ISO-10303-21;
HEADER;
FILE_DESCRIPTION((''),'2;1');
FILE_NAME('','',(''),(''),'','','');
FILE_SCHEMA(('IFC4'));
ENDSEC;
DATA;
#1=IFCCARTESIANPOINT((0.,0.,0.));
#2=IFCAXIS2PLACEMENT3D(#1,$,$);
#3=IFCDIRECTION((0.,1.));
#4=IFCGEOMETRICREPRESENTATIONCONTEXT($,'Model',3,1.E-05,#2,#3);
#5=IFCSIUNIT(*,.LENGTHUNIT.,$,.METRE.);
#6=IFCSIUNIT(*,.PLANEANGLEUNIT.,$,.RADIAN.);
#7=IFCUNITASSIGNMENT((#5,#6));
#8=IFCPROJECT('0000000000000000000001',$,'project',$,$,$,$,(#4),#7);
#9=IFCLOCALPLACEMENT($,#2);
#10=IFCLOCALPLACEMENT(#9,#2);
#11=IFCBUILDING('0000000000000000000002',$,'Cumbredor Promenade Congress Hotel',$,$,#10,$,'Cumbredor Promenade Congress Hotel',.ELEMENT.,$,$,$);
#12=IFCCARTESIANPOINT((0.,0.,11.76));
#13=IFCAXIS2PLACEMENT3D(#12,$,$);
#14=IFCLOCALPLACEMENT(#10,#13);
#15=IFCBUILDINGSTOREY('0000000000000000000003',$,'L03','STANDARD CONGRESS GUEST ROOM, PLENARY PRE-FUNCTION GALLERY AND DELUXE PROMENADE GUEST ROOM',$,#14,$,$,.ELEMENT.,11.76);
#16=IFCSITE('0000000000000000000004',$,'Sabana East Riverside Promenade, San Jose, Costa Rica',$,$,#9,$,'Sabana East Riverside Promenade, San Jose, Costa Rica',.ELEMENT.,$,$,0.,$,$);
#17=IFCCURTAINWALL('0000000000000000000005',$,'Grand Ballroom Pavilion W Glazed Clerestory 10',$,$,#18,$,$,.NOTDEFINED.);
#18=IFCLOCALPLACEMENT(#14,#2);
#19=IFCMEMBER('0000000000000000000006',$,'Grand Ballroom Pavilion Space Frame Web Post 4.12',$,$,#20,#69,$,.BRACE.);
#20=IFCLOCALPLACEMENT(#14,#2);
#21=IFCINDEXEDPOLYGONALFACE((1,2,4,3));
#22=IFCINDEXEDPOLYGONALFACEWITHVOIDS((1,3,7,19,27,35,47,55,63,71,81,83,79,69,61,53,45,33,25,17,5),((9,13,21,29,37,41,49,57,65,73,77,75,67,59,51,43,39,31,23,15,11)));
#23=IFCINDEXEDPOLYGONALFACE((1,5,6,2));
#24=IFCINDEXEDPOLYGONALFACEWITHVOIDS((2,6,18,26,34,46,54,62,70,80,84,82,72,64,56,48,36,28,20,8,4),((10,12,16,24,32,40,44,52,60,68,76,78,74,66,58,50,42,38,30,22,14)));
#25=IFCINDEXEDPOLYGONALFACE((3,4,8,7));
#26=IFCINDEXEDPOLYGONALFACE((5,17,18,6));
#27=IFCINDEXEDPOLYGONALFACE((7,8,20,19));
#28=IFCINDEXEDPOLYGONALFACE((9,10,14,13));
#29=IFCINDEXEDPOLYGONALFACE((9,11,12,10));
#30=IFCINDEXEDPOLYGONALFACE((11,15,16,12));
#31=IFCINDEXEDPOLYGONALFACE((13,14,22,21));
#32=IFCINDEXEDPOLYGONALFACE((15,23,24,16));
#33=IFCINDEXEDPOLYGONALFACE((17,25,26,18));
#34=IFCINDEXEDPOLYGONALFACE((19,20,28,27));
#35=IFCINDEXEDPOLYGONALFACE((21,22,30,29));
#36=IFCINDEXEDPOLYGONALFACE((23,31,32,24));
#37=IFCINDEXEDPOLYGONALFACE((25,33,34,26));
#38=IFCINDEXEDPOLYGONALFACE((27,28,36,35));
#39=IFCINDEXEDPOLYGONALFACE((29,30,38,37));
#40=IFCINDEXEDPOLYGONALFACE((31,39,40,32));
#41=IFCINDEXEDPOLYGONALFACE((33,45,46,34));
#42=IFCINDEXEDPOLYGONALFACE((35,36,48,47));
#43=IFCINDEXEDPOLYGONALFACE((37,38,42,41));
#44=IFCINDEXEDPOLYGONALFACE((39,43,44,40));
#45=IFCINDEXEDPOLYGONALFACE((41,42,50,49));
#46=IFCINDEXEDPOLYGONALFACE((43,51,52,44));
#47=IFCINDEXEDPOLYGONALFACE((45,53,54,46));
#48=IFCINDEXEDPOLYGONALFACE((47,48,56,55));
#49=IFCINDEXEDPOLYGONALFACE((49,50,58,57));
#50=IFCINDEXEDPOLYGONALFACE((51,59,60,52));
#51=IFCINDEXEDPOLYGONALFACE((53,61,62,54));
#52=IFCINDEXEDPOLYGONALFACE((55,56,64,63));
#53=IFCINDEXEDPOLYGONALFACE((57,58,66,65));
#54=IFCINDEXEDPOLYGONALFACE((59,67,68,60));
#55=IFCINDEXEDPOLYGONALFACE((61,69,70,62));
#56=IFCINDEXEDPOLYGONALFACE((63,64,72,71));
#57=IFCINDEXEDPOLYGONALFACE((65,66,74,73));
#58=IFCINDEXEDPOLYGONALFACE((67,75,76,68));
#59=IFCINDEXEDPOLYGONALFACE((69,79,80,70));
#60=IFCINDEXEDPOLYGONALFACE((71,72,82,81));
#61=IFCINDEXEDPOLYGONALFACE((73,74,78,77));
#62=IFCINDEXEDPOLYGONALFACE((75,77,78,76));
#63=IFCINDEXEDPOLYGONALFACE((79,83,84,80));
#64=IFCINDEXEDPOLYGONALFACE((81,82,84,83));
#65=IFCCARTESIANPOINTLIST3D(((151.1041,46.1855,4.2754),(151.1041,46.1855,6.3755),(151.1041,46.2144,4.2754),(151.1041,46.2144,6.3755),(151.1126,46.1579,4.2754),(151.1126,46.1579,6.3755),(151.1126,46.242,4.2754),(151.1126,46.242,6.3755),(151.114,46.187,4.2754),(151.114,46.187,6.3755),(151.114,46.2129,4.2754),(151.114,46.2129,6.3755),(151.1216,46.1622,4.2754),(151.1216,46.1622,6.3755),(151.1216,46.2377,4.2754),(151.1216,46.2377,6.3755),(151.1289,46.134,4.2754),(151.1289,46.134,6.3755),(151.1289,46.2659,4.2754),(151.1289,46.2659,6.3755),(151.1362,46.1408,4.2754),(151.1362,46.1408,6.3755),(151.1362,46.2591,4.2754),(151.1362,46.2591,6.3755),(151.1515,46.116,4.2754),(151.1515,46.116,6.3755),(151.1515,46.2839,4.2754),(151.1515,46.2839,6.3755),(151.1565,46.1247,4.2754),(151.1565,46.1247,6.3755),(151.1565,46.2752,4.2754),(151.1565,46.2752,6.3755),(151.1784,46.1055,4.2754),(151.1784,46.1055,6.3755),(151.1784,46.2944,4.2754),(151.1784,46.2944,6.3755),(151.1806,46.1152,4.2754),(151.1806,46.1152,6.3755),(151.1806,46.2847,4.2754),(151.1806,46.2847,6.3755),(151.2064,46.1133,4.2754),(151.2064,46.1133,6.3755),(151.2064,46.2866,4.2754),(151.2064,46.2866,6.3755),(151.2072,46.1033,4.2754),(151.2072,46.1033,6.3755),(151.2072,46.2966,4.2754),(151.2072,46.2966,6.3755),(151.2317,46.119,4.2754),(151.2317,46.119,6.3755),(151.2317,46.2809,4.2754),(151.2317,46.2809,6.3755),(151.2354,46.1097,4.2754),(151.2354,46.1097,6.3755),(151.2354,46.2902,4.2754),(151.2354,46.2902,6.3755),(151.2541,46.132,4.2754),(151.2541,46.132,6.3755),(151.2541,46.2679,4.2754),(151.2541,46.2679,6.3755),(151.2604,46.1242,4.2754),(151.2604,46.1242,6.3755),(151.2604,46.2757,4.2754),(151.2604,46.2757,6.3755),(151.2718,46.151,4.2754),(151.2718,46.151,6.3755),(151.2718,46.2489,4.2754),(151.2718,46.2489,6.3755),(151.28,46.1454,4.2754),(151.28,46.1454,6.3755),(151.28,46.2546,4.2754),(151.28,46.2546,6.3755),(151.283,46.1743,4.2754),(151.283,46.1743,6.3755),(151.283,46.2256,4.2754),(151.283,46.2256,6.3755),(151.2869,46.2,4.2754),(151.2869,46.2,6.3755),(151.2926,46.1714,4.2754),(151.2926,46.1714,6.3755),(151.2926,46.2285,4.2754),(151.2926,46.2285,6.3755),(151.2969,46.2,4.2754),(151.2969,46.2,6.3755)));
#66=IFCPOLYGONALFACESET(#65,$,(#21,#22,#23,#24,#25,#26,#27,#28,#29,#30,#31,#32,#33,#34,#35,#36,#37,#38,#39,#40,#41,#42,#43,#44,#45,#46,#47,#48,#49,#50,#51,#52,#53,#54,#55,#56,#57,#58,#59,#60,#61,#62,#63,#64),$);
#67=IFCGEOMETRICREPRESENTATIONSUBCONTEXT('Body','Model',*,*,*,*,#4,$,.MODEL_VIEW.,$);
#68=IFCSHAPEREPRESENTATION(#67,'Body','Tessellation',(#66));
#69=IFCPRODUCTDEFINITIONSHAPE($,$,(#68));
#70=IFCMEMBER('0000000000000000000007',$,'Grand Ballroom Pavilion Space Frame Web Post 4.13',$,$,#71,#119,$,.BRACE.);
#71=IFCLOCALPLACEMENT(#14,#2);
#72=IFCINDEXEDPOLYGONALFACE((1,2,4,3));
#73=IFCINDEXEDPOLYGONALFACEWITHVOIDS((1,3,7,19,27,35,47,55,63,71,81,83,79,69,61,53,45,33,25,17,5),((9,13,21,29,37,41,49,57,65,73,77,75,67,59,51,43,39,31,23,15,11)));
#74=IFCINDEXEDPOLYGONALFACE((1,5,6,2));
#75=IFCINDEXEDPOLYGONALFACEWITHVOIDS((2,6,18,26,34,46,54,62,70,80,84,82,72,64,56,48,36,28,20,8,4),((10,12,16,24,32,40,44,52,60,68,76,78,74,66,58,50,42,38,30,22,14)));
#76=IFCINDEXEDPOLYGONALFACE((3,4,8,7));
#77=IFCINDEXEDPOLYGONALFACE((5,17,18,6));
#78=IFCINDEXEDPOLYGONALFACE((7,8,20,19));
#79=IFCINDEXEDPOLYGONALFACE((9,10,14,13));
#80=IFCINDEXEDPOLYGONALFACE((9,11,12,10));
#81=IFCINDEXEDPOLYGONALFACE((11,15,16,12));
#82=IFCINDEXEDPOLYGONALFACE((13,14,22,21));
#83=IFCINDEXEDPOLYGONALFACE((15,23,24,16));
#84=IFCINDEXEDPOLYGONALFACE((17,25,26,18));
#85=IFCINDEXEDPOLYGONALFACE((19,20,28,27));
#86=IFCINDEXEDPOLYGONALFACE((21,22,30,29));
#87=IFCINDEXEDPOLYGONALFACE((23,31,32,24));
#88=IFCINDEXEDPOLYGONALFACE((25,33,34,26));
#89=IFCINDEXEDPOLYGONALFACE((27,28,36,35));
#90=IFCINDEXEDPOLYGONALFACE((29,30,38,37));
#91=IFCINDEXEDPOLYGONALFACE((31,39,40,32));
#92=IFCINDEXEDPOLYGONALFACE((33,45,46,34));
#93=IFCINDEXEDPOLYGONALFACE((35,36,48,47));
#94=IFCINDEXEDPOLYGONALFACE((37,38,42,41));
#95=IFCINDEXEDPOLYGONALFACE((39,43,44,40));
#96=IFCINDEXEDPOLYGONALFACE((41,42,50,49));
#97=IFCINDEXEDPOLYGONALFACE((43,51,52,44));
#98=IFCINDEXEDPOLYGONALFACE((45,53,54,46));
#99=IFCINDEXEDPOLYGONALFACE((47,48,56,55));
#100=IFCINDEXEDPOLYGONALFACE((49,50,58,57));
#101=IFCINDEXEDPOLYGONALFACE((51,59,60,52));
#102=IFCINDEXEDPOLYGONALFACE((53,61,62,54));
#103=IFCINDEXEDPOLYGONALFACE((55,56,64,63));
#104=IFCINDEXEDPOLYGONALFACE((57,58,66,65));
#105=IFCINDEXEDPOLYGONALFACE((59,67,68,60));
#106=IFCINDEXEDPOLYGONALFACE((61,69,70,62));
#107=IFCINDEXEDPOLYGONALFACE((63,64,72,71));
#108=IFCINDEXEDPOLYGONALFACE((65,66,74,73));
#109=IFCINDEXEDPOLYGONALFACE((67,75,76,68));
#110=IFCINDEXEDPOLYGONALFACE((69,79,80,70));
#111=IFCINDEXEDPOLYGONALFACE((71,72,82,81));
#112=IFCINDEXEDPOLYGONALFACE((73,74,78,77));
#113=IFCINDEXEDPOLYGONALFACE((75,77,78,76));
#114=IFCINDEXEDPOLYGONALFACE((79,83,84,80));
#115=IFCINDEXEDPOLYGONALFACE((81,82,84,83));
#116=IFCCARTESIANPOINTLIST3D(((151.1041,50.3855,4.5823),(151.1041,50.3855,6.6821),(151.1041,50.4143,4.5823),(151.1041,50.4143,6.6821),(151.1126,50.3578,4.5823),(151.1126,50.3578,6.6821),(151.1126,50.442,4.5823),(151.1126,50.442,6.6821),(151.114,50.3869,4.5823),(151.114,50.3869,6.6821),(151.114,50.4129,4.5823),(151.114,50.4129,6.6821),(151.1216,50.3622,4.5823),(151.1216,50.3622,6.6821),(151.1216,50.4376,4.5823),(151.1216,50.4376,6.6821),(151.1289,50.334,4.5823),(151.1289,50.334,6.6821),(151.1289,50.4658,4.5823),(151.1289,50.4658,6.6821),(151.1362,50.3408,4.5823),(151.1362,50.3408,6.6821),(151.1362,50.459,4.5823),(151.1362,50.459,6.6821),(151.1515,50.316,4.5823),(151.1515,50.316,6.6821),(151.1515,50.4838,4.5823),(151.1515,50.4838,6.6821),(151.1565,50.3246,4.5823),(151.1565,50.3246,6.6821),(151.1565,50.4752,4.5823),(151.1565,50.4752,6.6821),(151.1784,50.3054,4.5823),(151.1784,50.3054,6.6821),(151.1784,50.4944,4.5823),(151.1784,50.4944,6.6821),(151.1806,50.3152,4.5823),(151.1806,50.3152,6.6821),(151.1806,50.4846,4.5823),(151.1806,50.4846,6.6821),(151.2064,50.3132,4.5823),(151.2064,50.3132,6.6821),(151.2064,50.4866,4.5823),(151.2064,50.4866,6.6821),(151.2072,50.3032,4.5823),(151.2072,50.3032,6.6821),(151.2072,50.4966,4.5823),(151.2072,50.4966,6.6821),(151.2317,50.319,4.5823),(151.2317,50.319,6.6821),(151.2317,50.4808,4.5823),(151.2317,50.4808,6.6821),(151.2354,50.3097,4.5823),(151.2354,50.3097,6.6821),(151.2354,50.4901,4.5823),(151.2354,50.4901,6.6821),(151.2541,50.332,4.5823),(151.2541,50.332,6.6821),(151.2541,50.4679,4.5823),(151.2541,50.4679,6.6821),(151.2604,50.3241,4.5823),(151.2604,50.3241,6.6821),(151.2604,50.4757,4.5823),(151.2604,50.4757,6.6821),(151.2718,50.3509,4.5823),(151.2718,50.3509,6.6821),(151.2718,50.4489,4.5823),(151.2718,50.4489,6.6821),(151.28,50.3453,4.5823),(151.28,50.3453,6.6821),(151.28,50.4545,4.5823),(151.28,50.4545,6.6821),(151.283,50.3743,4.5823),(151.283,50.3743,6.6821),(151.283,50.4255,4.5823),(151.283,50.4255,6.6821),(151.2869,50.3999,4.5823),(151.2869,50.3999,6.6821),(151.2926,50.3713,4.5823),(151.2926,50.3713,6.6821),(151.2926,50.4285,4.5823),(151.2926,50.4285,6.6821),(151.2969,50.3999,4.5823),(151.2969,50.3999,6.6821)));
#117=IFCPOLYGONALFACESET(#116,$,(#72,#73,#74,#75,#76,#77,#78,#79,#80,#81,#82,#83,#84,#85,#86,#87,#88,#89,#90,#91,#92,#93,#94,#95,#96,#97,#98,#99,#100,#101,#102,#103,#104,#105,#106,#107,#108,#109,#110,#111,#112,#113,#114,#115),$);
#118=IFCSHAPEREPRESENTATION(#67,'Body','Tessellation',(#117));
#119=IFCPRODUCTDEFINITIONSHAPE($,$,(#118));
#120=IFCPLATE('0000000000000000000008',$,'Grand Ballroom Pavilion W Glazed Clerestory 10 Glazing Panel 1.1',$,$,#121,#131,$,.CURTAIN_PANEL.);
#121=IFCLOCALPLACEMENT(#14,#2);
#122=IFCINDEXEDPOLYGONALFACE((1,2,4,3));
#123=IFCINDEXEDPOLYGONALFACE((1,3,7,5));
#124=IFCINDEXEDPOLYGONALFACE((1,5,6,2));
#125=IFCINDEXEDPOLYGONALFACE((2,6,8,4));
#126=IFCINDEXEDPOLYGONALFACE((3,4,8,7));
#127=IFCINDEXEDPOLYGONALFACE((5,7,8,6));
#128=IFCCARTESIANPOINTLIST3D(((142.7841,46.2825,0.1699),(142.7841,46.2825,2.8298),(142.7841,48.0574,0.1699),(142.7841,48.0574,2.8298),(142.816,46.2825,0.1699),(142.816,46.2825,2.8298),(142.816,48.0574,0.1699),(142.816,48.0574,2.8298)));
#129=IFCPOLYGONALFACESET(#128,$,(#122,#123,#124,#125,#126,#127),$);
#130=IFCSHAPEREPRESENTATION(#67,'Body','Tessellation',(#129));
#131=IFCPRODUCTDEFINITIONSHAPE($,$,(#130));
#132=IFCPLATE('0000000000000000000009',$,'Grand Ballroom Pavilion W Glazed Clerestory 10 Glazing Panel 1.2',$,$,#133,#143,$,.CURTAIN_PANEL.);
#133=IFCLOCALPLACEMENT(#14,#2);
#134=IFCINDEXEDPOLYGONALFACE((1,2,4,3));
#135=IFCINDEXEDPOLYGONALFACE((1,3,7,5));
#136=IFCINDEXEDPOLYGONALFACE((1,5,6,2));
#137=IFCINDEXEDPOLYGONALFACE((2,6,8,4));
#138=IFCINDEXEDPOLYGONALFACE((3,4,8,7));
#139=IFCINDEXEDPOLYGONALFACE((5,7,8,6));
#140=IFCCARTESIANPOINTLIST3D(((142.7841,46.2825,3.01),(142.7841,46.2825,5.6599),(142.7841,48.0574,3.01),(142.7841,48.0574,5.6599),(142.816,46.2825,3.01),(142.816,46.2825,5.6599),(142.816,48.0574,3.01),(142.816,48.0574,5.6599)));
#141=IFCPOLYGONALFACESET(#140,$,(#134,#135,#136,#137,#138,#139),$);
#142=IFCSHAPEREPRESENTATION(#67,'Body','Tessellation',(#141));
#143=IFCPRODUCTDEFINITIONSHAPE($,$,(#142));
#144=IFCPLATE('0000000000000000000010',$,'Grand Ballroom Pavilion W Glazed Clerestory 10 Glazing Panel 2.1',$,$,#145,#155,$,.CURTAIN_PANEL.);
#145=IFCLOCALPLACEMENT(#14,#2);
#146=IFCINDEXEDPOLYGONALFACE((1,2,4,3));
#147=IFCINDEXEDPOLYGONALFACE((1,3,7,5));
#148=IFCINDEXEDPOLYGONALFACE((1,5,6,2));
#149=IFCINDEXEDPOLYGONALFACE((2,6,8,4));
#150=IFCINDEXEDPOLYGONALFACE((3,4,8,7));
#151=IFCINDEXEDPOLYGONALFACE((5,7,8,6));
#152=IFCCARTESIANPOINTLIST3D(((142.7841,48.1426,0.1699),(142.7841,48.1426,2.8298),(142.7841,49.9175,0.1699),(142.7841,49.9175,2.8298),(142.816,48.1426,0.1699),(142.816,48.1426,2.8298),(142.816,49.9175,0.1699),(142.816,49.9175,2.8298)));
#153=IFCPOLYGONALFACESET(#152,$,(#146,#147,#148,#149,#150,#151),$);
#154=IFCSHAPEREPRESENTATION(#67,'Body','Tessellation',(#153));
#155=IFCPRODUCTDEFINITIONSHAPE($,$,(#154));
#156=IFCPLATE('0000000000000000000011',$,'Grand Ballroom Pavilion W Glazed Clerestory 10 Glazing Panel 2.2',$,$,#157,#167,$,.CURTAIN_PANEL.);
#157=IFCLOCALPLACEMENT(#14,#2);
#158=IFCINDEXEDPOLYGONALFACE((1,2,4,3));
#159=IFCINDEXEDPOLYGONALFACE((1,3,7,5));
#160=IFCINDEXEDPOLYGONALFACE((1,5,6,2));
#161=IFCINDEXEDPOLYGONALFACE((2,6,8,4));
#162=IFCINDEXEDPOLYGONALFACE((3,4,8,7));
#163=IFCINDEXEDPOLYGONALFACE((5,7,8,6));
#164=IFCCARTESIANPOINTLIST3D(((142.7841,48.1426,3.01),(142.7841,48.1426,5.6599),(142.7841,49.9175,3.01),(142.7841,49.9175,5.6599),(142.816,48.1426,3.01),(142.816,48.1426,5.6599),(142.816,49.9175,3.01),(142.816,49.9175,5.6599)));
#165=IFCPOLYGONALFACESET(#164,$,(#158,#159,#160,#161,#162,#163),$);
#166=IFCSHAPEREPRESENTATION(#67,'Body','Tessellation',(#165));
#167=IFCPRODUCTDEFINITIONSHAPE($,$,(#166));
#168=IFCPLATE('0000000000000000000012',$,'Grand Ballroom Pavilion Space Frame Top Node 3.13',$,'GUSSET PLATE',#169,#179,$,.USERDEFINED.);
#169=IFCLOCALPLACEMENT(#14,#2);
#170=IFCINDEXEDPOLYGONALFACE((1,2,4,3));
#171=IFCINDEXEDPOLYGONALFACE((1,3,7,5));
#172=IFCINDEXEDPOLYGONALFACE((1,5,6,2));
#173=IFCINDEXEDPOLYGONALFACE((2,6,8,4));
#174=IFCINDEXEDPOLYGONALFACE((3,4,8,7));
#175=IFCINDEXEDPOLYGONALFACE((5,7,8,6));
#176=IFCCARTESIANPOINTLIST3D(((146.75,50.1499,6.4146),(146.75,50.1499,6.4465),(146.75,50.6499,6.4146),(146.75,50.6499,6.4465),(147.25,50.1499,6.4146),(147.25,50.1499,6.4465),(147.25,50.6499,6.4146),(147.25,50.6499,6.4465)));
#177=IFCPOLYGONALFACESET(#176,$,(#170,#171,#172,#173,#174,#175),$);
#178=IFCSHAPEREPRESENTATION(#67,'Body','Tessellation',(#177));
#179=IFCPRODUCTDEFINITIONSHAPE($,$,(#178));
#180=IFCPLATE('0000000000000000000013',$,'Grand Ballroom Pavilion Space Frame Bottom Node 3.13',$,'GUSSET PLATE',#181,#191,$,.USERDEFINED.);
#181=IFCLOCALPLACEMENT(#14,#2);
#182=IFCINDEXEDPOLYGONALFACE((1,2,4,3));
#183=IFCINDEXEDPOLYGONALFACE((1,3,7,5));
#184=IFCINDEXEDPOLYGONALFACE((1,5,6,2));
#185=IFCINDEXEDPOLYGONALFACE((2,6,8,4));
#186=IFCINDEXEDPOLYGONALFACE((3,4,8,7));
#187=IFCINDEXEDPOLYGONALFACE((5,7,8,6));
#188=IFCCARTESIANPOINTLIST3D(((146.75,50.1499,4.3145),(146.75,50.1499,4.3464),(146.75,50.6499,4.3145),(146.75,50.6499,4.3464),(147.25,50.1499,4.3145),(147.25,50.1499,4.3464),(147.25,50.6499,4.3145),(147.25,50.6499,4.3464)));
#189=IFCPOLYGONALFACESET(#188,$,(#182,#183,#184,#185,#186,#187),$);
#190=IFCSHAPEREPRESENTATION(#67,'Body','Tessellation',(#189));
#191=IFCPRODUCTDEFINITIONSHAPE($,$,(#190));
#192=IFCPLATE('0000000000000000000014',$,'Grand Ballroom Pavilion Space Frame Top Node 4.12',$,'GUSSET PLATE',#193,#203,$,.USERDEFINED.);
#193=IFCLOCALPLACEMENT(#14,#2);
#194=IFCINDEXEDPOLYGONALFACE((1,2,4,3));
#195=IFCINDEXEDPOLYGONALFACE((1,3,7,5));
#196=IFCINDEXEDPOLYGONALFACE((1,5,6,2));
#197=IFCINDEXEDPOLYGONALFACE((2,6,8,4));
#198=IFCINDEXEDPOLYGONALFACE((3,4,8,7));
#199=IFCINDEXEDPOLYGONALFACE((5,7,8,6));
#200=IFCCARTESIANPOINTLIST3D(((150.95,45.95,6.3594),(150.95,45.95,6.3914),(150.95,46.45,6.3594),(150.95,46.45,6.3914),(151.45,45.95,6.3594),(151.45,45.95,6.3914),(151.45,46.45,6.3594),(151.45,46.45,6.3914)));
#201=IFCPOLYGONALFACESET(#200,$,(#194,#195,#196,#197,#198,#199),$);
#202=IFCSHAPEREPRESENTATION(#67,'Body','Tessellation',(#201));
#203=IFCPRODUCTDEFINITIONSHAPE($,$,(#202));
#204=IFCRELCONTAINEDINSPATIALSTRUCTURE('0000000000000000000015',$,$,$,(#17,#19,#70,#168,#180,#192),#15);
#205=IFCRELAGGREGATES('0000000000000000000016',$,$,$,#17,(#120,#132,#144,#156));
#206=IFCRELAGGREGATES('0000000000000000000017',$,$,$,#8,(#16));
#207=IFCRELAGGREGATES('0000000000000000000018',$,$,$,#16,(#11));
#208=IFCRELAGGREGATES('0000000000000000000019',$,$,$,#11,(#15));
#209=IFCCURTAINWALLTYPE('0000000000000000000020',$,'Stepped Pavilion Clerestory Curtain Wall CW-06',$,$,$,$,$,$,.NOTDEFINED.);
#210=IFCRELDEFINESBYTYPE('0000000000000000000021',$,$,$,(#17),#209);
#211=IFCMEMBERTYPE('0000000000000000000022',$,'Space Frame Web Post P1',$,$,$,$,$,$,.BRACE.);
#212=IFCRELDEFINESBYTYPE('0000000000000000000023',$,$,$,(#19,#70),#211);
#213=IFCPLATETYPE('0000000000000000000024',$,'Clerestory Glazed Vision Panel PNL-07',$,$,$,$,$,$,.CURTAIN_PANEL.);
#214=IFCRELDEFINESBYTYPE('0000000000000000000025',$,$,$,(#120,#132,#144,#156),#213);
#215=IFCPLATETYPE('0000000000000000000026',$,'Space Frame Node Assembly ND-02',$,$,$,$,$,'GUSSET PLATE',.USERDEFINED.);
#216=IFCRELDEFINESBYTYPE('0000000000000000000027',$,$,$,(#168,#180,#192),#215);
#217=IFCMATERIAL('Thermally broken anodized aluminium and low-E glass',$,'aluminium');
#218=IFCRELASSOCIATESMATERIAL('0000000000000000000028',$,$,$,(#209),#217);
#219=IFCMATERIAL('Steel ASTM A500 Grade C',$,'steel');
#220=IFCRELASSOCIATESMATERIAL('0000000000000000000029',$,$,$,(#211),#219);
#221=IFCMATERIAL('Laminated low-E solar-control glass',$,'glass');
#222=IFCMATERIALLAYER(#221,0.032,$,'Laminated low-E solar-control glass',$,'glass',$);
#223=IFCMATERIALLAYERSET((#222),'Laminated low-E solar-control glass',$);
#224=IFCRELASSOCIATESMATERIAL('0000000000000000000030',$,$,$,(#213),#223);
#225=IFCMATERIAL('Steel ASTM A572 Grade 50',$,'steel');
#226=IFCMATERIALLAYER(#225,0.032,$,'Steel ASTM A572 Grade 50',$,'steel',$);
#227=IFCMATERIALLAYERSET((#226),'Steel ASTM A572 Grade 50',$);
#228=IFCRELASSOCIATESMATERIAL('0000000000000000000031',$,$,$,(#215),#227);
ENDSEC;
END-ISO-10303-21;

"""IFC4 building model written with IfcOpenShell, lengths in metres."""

from ifc_helpers import new_model, si_unit, direction, frame, origin, origin_2d, place, context, subcontext, project, spatial, rectangle, hollow_circle, extrude, material, layer, layer_set, material_profile, profile_set, type_object, element, aggregate, save


model = new_model("IFC4")

# Units and contexts
model_context = context("Model", 3, precision=1e-05, world=origin(), true_north=direction((0.0, 1.0)))
body_context = subcontext(model_context, "Body", "Model", "MODEL_VIEW")
ifc_project = project(units=[si_unit("LENGTHUNIT", "METRE"), si_unit("PLANEANGLEUNIT", "RADIAN")], contexts=[model_context])

# Site, building, storey
site_placement = place(None, origin())
site = spatial("IfcSite", under=ifc_project, at=site_placement, Name="Sabana East Riverside Promenade, San Jose, Costa Rica", LongName="Sabana East Riverside Promenade, San Jose, Costa Rica", CompositionType="ELEMENT", RefElevation=0.0)
building_placement = place(site_placement, origin())
building = spatial("IfcBuilding", under=site, at=building_placement, Name="Cumbredor Promenade Congress Hotel", LongName="Cumbredor Promenade Congress Hotel", CompositionType="ELEMENT")
storey_placement = place(building_placement, frame((0.0, 0.0, 11.76)))
storey = spatial("IfcBuildingStorey", under=building, at=storey_placement, Name="L03", Description="STANDARD CONGRESS GUEST ROOM, PLENARY PRE-FUNCTION GALLERY AND DELUXE PROMENADE GUEST ROOM", CompositionType="ELEMENT", Elevation=11.76)

# Shared definitions
ifc_material_1 = material(Name="Steel ASTM A500 Grade C", Category="steel")

# Curtain wall
ifc_material_2 = material(Name="Thermally broken anodized aluminium and low-E glass", Category="aluminium")
curtain_wall_type = type_object("IfcCurtainWallType", Name="Stepped Pavilion Clerestory Curtain Wall CW-06", PredefinedType="NOTDEFINED", material=ifc_material_2)
curtain_wall_placement = place(storey_placement, origin())
curtain_wall = element("IfcCurtainWall", 1, at=curtain_wall_placement, inside=storey, type_object=curtain_wall_type, Name="Grand Ballroom Pavilion W Glazed Clerestory 10", PredefinedType="NOTDEFINED")

# Members
ifc_material_profile_1 = material_profile(ifc_material_1, hollow_circle(Radius=0.0969, WallThickness=0.01, at=origin_2d()), Name="CHS 193.7x10")
ifc_profile_set_1 = profile_set([ifc_material_profile_1], Name="Steel ASTM A500 Grade C")
member_type_1 = type_object("IfcMemberType", Name="Space Frame Web Post P1", PredefinedType="BRACE", material=ifc_profile_set_1)
for number, where, z_axis, x_axis, name in (
    (2, (151.2, 46.2, 4.2754), (0.0, 0.0, 1.0), (1.0, 0.0, 0.0), "Grand Ballroom Pavilion Space Frame Web Post 4.12"),
):
    element("IfcMember", number, at=place(storey_placement, frame(where, z_axis=z_axis, x_axis=x_axis)), inside=storey, type_object=member_type_1, Name=name, PredefinedType="BRACE", context=body_context, shape_type="SweptSolid", body=[
        extrude(hollow_circle(Radius=0.0969, WallThickness=0.01, at=origin_2d()), origin(), (0.0, 0.0, 1.0), 2.1001),
    ])
member_1_placement = place(storey_placement, frame((151.2, 50.3999, 4.5823), z_axis=(0.0, 0.0, 1.0), x_axis=(1.0, 0.0, 0.0)))
element("IfcMember", 3, at=member_1_placement, inside=storey, type_object=member_type_1, Name="Grand Ballroom Pavilion Space Frame Web Post 4.13", PredefinedType="BRACE", context=body_context, shape_type="SweptSolid", body=[
    extrude(hollow_circle(Radius=0.0969, WallThickness=0.01, at=origin_2d()), origin(), (0.0, 0.0, 1.0), 2.0999),
])

# Plates
ifc_material_3 = material(Name="Laminated low-E solar-control glass", Category="glass")
ifc_layer_1 = layer(ifc_material_3, 0.032, Name="Laminated low-E solar-control glass", Category="glass")
ifc_layer_set_1 = layer_set([ifc_layer_1], Name="Laminated low-E solar-control glass")
plate_type_1 = type_object("IfcPlateType", Name="Clerestory Glazed Vision Panel PNL-07", PredefinedType="CURTAIN_PANEL", material=ifc_layer_set_1)
plate_1_placement = place(storey_placement, frame((142.8, 47.1699, 0.1699), z_axis=(0.0, 0.0, 1.0), x_axis=(0.0, 1.0, 0.0)))
plate_1 = element("IfcPlate", 4, at=plate_1_placement, type_object=plate_type_1, Name="Grand Ballroom Pavilion W Glazed Clerestory 10 Glazing Panel 1.1", PredefinedType="CURTAIN_PANEL", context=body_context, shape_type="SweptSolid", body=[
    extrude(rectangle(XDim=1.7749, YDim=0.032, at=origin_2d()), origin(), (0.0, 0.0, 1.0), 2.6599),
])
plate_2_placement = place(storey_placement, frame((142.8, 47.1699, 3.01), z_axis=(0.0, 0.0, 1.0), x_axis=(0.0, 1.0, 0.0)))
plate_2 = element("IfcPlate", 5, at=plate_2_placement, type_object=plate_type_1, Name="Grand Ballroom Pavilion W Glazed Clerestory 10 Glazing Panel 1.2", PredefinedType="CURTAIN_PANEL", context=body_context, shape_type="SweptSolid", body=[
    extrude(rectangle(XDim=1.7749, YDim=0.032, at=origin_2d()), origin(), (0.0, 0.0, 1.0), 2.6499),
])
plate_3_placement = place(storey_placement, frame((142.8, 49.03, 0.1699), z_axis=(0.0, 0.0, 1.0), x_axis=(0.0, 1.0, 0.0)))
plate_3 = element("IfcPlate", 6, at=plate_3_placement, type_object=plate_type_1, Name="Grand Ballroom Pavilion W Glazed Clerestory 10 Glazing Panel 2.1", PredefinedType="CURTAIN_PANEL", context=body_context, shape_type="SweptSolid", body=[
    extrude(rectangle(XDim=1.7749, YDim=0.032, at=origin_2d()), origin(), (0.0, 0.0, 1.0), 2.6599),
])
plate_4_placement = place(storey_placement, frame((142.8, 49.03, 3.01), z_axis=(0.0, 0.0, 1.0), x_axis=(0.0, 1.0, 0.0)))
plate_4 = element("IfcPlate", 7, at=plate_4_placement, type_object=plate_type_1, Name="Grand Ballroom Pavilion W Glazed Clerestory 10 Glazing Panel 2.2", PredefinedType="CURTAIN_PANEL", context=body_context, shape_type="SweptSolid", body=[
    extrude(rectangle(XDim=1.7749, YDim=0.032, at=origin_2d()), origin(), (0.0, 0.0, 1.0), 2.6499),
])
aggregate(curtain_wall, [plate_1, plate_2, plate_3, plate_4])

# Plates
ifc_material_4 = material(Name="Steel ASTM A572 Grade 50", Category="steel")
ifc_layer_2 = layer(ifc_material_4, 0.032, Name="Steel ASTM A572 Grade 50", Category="steel")
ifc_layer_set_2 = layer_set([ifc_layer_2], Name="Steel ASTM A572 Grade 50")
plate_type_2 = type_object("IfcPlateType", Name="Space Frame Node Assembly ND-02", ElementType="GUSSET PLATE", PredefinedType="USERDEFINED", material=ifc_layer_set_2)
for number, where, z_axis, x_axis, name in (
    (8, (147.0, 50.3999, 6.4146), (0.0, 0.0, 1.0), (1.0, 0.0, 0.0), "Grand Ballroom Pavilion Space Frame Top Node 3.13"),
    (9, (147.0, 50.3999, 4.3145), (0.0, 0.0, 1.0), (1.0, 0.0, 0.0), "Grand Ballroom Pavilion Space Frame Bottom Node 3.13"),
    (10, (151.2, 46.2, 6.3594), (0.0, 0.0, 1.0), (1.0, 0.0, 0.0), "Grand Ballroom Pavilion Space Frame Top Node 4.12"),
):
    element("IfcPlate", number, at=place(storey_placement, frame(where, z_axis=z_axis, x_axis=x_axis)), inside=storey, type_object=plate_type_2, Name=name, ObjectType="GUSSET PLATE", PredefinedType="USERDEFINED", context=body_context, shape_type="SweptSolid", body=[
        extrude(rectangle(XDim=0.5, YDim=0.5, at=origin_2d()), origin(), (0.0, 0.0, 1.0), 0.032),
    ])

save(model, "model.ifc")
